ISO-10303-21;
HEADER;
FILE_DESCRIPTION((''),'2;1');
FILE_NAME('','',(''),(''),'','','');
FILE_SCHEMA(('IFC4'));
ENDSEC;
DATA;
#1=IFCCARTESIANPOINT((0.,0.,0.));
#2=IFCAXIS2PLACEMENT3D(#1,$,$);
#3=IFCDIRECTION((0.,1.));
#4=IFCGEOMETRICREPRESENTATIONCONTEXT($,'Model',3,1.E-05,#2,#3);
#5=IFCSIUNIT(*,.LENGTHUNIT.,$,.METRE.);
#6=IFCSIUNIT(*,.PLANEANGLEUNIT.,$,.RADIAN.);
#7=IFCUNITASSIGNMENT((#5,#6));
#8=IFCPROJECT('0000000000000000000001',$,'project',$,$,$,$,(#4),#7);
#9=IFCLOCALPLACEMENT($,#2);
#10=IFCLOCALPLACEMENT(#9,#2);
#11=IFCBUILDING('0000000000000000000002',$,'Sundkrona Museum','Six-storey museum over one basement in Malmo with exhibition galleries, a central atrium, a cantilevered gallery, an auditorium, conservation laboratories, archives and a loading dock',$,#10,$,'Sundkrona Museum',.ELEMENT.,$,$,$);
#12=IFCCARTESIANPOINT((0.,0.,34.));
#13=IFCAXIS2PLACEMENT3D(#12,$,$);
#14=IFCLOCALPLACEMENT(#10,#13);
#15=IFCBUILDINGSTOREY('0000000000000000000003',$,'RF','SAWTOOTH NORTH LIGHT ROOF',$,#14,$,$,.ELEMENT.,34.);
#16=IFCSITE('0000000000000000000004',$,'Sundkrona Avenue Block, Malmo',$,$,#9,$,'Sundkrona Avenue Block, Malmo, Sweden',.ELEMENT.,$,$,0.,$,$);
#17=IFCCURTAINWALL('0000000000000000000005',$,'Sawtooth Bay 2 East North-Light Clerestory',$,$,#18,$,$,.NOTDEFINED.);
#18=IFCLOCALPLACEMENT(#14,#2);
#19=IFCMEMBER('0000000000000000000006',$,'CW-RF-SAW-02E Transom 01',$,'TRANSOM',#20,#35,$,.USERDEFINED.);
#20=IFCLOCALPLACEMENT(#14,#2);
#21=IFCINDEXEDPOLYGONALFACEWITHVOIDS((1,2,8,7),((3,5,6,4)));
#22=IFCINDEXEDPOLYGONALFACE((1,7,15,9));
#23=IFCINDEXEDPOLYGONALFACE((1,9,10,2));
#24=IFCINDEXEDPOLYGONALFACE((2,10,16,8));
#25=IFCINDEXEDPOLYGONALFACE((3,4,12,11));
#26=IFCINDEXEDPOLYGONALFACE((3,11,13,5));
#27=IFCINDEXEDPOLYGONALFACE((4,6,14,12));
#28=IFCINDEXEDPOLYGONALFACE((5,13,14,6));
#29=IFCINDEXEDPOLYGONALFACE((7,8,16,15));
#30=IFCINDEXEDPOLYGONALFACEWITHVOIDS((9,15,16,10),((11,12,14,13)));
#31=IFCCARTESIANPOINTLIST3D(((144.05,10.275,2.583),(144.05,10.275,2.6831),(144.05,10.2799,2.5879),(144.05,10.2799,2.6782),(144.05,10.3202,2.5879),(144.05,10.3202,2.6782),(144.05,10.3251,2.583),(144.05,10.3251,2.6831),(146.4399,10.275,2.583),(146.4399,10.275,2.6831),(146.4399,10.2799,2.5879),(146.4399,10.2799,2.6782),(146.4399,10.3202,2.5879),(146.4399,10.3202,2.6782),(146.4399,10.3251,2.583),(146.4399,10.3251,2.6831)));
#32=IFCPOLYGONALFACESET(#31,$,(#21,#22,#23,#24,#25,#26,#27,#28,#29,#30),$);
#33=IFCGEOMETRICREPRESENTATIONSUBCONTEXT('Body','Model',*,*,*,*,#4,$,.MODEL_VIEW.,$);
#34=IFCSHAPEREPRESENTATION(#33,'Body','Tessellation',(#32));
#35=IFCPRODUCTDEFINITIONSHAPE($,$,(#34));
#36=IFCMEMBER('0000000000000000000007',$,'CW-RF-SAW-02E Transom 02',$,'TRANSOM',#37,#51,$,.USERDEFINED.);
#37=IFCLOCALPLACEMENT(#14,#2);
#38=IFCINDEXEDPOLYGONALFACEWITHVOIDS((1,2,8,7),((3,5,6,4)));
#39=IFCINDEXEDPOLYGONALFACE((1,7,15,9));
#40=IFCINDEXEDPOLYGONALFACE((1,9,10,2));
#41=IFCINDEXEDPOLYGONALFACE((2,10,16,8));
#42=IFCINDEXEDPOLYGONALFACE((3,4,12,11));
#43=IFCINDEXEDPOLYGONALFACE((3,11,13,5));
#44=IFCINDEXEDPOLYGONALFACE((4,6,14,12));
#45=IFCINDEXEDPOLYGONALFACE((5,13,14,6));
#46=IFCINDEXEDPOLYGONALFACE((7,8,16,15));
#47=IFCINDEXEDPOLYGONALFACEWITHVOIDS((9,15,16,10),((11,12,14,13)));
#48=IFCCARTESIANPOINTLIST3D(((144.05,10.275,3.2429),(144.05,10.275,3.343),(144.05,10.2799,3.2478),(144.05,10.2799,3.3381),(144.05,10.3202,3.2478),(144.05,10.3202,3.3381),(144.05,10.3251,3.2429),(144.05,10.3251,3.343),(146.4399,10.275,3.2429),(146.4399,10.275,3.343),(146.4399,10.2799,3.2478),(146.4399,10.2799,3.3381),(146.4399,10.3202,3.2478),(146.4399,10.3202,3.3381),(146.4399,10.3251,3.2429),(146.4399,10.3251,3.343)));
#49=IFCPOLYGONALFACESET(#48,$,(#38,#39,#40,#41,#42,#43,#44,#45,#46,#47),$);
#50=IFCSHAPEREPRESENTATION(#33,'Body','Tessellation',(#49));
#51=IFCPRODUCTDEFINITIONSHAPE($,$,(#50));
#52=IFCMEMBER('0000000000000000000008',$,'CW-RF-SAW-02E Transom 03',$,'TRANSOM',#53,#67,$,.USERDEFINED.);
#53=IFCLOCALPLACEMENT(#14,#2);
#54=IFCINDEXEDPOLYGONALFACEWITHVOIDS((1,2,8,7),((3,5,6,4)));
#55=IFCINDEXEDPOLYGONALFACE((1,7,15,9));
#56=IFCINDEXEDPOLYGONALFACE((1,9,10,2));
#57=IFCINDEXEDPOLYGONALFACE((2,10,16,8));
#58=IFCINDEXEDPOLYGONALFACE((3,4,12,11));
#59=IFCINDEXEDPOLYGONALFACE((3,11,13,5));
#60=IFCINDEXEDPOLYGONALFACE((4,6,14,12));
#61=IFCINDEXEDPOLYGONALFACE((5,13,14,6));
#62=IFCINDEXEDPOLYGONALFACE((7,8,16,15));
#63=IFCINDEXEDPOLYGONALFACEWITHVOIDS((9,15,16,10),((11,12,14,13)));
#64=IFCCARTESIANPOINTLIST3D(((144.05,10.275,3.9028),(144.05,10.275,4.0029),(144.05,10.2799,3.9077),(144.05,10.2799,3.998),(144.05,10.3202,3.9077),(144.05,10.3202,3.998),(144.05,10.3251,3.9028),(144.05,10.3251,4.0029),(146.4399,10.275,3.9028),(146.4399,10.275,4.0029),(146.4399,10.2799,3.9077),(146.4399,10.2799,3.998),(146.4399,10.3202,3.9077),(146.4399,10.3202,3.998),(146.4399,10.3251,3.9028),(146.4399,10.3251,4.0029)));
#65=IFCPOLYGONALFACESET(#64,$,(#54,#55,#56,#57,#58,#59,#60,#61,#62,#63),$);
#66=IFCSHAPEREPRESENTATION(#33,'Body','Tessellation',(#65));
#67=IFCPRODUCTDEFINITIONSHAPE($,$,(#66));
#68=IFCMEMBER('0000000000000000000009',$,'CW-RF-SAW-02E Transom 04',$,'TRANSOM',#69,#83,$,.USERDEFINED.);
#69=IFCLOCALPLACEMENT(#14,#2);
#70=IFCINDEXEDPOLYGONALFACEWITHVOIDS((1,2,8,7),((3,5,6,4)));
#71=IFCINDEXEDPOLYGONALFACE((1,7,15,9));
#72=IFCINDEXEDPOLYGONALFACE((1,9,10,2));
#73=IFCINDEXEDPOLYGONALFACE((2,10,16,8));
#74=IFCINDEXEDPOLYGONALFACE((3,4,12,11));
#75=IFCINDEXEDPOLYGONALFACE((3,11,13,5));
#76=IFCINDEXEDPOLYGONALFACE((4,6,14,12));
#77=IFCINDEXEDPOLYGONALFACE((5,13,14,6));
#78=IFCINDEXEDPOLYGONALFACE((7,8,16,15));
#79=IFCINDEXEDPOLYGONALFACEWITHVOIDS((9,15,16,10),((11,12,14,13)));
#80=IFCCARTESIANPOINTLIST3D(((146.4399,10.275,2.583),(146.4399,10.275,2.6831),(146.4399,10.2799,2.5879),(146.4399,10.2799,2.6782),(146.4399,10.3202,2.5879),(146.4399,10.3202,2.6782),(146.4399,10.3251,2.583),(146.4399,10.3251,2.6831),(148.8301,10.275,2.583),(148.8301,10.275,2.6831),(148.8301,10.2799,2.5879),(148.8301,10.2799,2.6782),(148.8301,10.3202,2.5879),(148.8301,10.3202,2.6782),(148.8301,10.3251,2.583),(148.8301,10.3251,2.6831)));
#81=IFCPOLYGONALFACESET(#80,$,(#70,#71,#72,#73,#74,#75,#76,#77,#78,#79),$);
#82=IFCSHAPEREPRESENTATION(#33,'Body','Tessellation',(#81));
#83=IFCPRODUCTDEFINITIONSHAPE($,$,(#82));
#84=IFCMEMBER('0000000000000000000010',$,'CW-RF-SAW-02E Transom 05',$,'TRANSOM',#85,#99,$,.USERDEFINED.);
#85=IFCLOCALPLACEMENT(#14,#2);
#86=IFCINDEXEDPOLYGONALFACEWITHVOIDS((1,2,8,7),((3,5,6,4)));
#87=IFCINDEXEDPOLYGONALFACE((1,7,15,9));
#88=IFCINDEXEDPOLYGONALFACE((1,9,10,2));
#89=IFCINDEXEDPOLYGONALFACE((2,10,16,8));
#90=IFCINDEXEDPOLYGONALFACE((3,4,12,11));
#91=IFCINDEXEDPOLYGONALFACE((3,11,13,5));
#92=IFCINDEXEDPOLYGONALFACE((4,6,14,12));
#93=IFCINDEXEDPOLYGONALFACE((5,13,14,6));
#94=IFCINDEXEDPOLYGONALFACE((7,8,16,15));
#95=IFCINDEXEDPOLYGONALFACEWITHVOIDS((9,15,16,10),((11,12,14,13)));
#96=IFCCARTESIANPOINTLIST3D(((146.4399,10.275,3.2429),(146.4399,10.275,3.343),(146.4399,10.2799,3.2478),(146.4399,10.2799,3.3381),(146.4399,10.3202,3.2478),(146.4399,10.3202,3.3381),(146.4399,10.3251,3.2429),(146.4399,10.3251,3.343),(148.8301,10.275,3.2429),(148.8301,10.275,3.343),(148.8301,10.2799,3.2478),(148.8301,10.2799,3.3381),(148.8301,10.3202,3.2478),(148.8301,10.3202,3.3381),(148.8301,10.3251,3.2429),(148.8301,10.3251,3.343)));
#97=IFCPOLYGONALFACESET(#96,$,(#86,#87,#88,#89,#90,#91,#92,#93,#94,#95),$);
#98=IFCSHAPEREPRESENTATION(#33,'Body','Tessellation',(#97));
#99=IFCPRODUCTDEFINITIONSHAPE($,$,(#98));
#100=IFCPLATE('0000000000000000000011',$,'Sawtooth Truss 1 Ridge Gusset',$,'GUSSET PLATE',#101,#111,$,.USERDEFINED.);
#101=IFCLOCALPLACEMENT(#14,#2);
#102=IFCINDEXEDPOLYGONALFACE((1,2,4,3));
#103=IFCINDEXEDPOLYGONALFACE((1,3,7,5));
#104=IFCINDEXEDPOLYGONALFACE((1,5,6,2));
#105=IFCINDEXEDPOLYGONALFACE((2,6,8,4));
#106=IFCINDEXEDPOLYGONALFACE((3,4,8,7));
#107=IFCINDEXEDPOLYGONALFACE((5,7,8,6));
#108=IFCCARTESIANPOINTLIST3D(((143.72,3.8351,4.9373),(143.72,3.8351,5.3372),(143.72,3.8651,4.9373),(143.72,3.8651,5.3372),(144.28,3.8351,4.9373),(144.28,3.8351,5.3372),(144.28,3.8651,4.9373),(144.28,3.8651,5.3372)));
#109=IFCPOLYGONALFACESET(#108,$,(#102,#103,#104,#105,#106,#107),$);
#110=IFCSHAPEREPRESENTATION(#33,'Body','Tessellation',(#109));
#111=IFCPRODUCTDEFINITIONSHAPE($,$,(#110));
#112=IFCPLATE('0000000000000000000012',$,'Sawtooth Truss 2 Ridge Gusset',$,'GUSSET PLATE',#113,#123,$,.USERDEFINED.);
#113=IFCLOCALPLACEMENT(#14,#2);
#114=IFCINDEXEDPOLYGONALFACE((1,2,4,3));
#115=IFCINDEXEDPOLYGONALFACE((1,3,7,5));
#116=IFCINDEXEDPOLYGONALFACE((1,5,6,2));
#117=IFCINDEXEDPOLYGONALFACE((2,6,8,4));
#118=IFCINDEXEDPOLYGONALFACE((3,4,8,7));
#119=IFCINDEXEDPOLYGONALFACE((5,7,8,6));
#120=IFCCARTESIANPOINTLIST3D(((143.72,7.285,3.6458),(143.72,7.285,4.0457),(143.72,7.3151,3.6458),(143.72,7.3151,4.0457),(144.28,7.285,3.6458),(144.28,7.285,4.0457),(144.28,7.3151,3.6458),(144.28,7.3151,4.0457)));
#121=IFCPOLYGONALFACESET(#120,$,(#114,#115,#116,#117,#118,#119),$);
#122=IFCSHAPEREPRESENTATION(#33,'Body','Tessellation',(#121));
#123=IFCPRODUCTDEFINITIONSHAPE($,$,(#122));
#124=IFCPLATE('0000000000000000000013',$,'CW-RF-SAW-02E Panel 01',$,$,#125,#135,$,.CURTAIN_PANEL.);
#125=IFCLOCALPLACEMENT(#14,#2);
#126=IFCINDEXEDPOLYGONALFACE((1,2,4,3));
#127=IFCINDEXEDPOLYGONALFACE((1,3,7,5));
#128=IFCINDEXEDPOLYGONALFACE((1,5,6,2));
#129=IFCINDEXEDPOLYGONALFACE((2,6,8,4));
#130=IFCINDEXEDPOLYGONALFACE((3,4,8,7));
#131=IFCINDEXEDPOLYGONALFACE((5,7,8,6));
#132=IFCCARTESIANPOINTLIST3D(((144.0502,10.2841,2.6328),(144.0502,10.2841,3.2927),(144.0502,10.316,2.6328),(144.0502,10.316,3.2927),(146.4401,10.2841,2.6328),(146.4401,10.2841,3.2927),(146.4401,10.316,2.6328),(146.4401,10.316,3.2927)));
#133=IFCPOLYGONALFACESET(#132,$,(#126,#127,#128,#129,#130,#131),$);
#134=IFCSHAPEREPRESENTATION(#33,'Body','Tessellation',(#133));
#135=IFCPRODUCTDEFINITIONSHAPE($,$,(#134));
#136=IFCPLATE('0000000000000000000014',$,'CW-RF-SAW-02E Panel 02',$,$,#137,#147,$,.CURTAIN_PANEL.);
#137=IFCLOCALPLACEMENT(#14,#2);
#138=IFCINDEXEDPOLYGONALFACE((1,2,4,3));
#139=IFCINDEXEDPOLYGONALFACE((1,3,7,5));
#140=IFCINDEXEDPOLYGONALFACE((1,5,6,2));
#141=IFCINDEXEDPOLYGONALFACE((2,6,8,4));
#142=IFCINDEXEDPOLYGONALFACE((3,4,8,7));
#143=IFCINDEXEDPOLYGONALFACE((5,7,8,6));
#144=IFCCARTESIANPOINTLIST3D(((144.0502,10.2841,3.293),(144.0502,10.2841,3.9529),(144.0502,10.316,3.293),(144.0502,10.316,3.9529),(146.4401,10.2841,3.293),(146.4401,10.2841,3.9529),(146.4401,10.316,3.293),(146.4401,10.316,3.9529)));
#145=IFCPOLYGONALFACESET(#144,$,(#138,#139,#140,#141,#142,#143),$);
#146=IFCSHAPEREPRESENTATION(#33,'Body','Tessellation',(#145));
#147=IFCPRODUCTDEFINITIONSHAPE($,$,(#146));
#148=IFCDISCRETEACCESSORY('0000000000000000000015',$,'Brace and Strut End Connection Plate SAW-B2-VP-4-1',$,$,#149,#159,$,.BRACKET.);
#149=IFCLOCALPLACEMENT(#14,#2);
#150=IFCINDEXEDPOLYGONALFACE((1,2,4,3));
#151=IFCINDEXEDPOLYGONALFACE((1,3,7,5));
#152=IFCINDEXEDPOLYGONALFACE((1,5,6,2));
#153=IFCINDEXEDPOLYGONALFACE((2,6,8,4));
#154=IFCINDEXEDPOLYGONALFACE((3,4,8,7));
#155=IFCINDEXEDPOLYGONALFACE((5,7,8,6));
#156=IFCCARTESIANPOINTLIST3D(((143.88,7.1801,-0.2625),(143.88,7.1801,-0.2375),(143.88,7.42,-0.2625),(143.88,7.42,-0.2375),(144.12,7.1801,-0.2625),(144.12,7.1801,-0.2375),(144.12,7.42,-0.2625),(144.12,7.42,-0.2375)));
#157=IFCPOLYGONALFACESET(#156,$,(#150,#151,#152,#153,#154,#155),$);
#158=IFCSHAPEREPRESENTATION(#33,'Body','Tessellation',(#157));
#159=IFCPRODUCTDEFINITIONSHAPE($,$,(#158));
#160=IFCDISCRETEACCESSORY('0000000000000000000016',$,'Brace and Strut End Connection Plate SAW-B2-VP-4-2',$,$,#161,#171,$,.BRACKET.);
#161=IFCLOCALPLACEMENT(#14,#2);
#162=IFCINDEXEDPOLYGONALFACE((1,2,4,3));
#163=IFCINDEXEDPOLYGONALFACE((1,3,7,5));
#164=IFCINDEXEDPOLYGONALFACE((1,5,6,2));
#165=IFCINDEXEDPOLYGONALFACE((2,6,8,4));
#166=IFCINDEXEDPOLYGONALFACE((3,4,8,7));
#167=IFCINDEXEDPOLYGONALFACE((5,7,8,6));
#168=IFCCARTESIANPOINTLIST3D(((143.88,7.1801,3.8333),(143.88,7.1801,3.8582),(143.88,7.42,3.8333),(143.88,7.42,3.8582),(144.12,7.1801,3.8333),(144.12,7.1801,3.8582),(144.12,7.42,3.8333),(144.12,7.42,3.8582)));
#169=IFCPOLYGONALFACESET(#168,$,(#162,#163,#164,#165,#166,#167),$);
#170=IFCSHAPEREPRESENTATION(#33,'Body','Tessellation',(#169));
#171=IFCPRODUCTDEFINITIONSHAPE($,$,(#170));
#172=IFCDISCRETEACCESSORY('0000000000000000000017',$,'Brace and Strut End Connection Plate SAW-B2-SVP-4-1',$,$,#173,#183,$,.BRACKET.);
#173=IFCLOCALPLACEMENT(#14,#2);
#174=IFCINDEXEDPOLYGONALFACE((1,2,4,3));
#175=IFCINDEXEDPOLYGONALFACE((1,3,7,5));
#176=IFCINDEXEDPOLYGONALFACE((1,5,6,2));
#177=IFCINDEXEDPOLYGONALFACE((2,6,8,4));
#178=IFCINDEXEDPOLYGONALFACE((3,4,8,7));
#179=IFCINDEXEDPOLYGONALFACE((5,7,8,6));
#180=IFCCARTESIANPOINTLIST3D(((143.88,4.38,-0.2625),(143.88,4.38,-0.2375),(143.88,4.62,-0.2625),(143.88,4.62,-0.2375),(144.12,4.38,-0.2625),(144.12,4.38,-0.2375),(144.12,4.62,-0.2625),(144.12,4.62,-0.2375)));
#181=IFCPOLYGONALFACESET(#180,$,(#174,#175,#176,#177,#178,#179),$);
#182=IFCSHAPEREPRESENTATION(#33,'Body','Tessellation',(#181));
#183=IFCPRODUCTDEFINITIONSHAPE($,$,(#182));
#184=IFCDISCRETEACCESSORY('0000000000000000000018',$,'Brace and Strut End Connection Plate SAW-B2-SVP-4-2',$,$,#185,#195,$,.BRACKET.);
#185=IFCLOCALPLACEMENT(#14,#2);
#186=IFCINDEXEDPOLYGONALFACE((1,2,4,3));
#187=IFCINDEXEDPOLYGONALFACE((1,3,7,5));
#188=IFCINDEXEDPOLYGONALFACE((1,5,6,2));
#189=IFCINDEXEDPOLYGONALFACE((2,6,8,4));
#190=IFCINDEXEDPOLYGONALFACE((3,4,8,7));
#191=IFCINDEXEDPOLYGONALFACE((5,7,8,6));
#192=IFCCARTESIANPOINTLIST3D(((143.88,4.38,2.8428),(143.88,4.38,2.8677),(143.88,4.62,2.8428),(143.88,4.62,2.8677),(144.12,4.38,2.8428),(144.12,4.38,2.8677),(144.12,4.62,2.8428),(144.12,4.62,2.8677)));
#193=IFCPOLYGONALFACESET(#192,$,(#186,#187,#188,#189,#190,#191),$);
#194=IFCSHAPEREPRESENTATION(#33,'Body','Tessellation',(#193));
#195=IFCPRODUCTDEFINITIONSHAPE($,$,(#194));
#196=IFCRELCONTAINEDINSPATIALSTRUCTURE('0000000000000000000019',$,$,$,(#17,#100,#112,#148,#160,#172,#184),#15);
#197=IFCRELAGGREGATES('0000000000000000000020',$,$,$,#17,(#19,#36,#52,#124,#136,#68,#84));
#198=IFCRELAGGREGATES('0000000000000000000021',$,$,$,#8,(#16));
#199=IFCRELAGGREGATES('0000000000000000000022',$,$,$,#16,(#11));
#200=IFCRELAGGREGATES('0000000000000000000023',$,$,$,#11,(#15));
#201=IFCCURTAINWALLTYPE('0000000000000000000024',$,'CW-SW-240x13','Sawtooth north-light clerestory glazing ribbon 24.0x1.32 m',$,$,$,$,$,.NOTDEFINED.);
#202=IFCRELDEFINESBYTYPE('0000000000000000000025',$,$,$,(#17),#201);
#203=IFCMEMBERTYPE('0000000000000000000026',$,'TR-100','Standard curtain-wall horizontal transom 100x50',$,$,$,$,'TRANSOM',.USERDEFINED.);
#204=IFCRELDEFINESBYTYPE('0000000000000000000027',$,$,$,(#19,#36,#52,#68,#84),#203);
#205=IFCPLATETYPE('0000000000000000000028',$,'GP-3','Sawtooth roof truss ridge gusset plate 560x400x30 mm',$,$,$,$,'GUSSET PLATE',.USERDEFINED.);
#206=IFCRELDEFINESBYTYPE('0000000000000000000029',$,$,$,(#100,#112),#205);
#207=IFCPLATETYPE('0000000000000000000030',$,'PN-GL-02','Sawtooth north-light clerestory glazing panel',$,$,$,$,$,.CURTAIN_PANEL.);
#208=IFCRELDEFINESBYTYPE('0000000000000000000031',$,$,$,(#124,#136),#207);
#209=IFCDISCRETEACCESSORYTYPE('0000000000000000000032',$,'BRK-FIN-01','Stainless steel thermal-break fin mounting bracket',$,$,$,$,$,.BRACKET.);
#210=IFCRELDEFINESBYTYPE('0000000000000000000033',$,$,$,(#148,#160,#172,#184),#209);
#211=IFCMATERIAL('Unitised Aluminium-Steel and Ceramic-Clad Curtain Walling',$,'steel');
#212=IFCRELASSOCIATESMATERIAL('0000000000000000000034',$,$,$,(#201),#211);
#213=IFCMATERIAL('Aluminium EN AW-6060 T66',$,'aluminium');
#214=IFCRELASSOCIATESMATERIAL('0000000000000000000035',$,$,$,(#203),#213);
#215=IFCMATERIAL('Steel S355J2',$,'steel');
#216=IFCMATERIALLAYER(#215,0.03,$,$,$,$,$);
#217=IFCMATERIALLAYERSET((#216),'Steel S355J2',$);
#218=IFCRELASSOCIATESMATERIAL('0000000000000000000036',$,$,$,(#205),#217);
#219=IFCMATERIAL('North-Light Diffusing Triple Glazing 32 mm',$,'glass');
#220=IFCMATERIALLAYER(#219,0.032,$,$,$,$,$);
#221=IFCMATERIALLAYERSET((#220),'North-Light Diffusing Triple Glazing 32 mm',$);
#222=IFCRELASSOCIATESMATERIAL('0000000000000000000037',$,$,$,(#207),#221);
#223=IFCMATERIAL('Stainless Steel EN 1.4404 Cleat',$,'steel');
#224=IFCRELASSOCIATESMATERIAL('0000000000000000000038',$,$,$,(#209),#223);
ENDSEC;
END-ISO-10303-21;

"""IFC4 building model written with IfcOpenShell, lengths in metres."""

from ifc_helpers import new_model, si_unit, direction, frame, origin, origin_2d, place, context, subcontext, project, spatial, rectangle, hollow_rectangle, extrude, material, layer, layer_set, material_profile, profile_set, type_object, element, aggregate, save


model = new_model("IFC4")

# Units and contexts
model_context = context("Model", 3, precision=1e-05, world=origin(), true_north=direction((0.0, 1.0)))
body_context = subcontext(model_context, "Body", "Model", "MODEL_VIEW")
ifc_project = project(units=[si_unit("LENGTHUNIT", "METRE"), si_unit("PLANEANGLEUNIT", "RADIAN")], contexts=[model_context])

# Site, building, storey
site_placement = place(None, origin())
site = spatial("IfcSite", under=ifc_project, at=site_placement, Name="Sundkrona Avenue Block, Malmo", LongName="Sundkrona Avenue Block, Malmo, Sweden", CompositionType="ELEMENT", RefElevation=0.0)
building_placement = place(site_placement, origin())
building = spatial("IfcBuilding", under=site, at=building_placement, Name="Sundkrona Museum", Description="Six-storey museum over one basement in Malmo with exhibition galleries, a central atrium, a cantilevered gallery, an auditorium, conservation laboratories, archives and a loading dock", LongName="Sundkrona Museum", CompositionType="ELEMENT")
storey_placement = place(building_placement, frame((0.0, 0.0, 34.0)))
storey = spatial("IfcBuildingStorey", under=building, at=storey_placement, Name="RF", Description="SAWTOOTH NORTH LIGHT ROOF", CompositionType="ELEMENT", Elevation=34.0)

# Curtain wall
ifc_material_1 = material(Name="Unitised Aluminium-Steel and Ceramic-Clad Curtain Walling", Category="steel")
curtain_wall_type = type_object("IfcCurtainWallType", Name="CW-SW-240x13", Description="Sawtooth north-light clerestory glazing ribbon 24.0x1.32 m", PredefinedType="NOTDEFINED", material=ifc_material_1)
curtain_wall_placement = place(storey_placement, origin())
curtain_wall = element("IfcCurtainWall", 1, at=curtain_wall_placement, inside=storey, type_object=curtain_wall_type, Name="Sawtooth Bay 2 East North-Light Clerestory", PredefinedType="NOTDEFINED")
ifc_material_2 = material(Name="Aluminium EN AW-6060 T66", Category="aluminium")

# Shared definitions
ifc_material_3 = material(Name="Steel S355J2", Category="steel")

# Members
ifc_material_profile_1 = material_profile(ifc_material_2, hollow_rectangle(XDim=0.05, YDim=0.1001, WallThickness=0.0049, at=origin_2d()), Name="RHS 100x50x5.0")
ifc_profile_set_1 = profile_set([ifc_material_profile_1], Name="Aluminium EN AW-6060 T66")
member_type_1 = type_object("IfcMemberType", Name="TR-100", Description="Standard curtain-wall horizontal transom 100x50", ElementType="TRANSOM", PredefinedType="USERDEFINED", material=ifc_profile_set_1)
member_1_placement = place(storey_placement, frame((144.05, 10.3, 2.6331), z_axis=(1.0, 0.0, 0.0), x_axis=(0.0, 1.0, 0.0)))
member_1 = element("IfcMember", 2, at=member_1_placement, type_object=member_type_1, Name="CW-RF-SAW-02E Transom 01", ObjectType="TRANSOM", PredefinedType="USERDEFINED", context=body_context, shape_type="SweptSolid", body=[
    extrude(hollow_rectangle(XDim=0.05, YDim=0.1001, WallThickness=0.0049, at=origin_2d()), origin(), (0.0, 0.0, 1.0), 2.3899),
])
member_2_placement = place(storey_placement, frame((144.05, 10.3, 3.293), z_axis=(1.0, 0.0, 0.0), x_axis=(0.0, 1.0, 0.0)))
member_2 = element("IfcMember", 3, at=member_2_placement, type_object=member_type_1, Name="CW-RF-SAW-02E Transom 02", ObjectType="TRANSOM", PredefinedType="USERDEFINED", context=body_context, shape_type="SweptSolid", body=[
    extrude(hollow_rectangle(XDim=0.05, YDim=0.1001, WallThickness=0.0049, at=origin_2d()), origin(), (0.0, 0.0, 1.0), 2.3899),
])
member_3_placement = place(storey_placement, frame((144.05, 10.3, 3.9529), z_axis=(1.0, 0.0, 0.0), x_axis=(0.0, 1.0, 0.0)))
member_3 = element("IfcMember", 4, at=member_3_placement, type_object=member_type_1, Name="CW-RF-SAW-02E Transom 03", ObjectType="TRANSOM", PredefinedType="USERDEFINED", context=body_context, shape_type="SweptSolid", body=[
    extrude(hollow_rectangle(XDim=0.05, YDim=0.1001, WallThickness=0.0049, at=origin_2d()), origin(), (0.0, 0.0, 1.0), 2.3899),
])
member_4_placement = place(storey_placement, frame((146.4399, 10.3, 2.6331), z_axis=(1.0, 0.0, 0.0), x_axis=(0.0, 1.0, 0.0)))
member_4 = element("IfcMember", 5, at=member_4_placement, type_object=member_type_1, Name="CW-RF-SAW-02E Transom 04", ObjectType="TRANSOM", PredefinedType="USERDEFINED", context=body_context, shape_type="SweptSolid", body=[
    extrude(hollow_rectangle(XDim=0.05, YDim=0.1001, WallThickness=0.0049, at=origin_2d()), origin(), (0.0, 0.0, 1.0), 2.3901),
])
member_5_placement = place(storey_placement, frame((146.4399, 10.3, 3.293), z_axis=(1.0, 0.0, 0.0), x_axis=(0.0, 1.0, 0.0)))
member_5 = element("IfcMember", 6, at=member_5_placement, type_object=member_type_1, Name="CW-RF-SAW-02E Transom 05", ObjectType="TRANSOM", PredefinedType="USERDEFINED", context=body_context, shape_type="SweptSolid", body=[
    extrude(hollow_rectangle(XDim=0.05, YDim=0.1001, WallThickness=0.0049, at=origin_2d()), origin(), (0.0, 0.0, 1.0), 2.3901),
])

# Plates
ifc_layer_1 = layer(ifc_material_3, 0.03)
ifc_layer_set_1 = layer_set([ifc_layer_1], Name="Steel S355J2")
plate_type_1 = type_object("IfcPlateType", Name="GP-3", Description="Sawtooth roof truss ridge gusset plate 560x400x30 mm", ElementType="GUSSET PLATE", PredefinedType="USERDEFINED", material=ifc_layer_set_1)
for number, where, z_axis, x_axis, name in (
    (7, (144.0, 3.8501, 4.9373), (0.0, 0.0, 1.0), (1.0, 0.0, 0.0), "Sawtooth Truss 1 Ridge Gusset"),
    (8, (144.0, 7.3, 3.6458), (0.0, 0.0, 1.0), (1.0, 0.0, 0.0), "Sawtooth Truss 2 Ridge Gusset"),
):
    element("IfcPlate", number, at=place(storey_placement, frame(where, z_axis=z_axis, x_axis=x_axis)), inside=storey, type_object=plate_type_1, Name=name, ObjectType="GUSSET PLATE", PredefinedType="USERDEFINED", context=body_context, shape_type="SweptSolid", body=[
        extrude(rectangle(XDim=0.5601, YDim=0.03, at=origin_2d()), origin(), (0.0, 0.0, 1.0), 0.3999),
    ])

# Plates
ifc_material_4 = material(Name="North-Light Diffusing Triple Glazing 32 mm", Category="glass")
ifc_layer_2 = layer(ifc_material_4, 0.032)
ifc_layer_set_2 = layer_set([ifc_layer_2], Name="North-Light Diffusing Triple Glazing 32 mm")
plate_type_2 = type_object("IfcPlateType", Name="PN-GL-02", Description="Sawtooth north-light clerestory glazing panel", PredefinedType="CURTAIN_PANEL", material=ifc_layer_set_2)
plate_1_placement = place(storey_placement, frame((145.2451, 10.3, 2.6328), z_axis=(0.0, 0.0, 1.0), x_axis=(1.0, 0.0, 0.0)))
plate_1 = element("IfcPlate", 9, at=plate_1_placement, type_object=plate_type_2, Name="CW-RF-SAW-02E Panel 01", PredefinedType="CURTAIN_PANEL", context=body_context, shape_type="SweptSolid", body=[
    extrude(rectangle(XDim=2.3899, YDim=0.032, at=origin_2d()), origin(), (0.0, 0.0, 1.0), 0.6599),
])
plate_2_placement = place(storey_placement, frame((145.2451, 10.3, 3.293), z_axis=(0.0, 0.0, 1.0), x_axis=(1.0, 0.0, 0.0)))
plate_2 = element("IfcPlate", 10, at=plate_2_placement, type_object=plate_type_2, Name="CW-RF-SAW-02E Panel 02", PredefinedType="CURTAIN_PANEL", context=body_context, shape_type="SweptSolid", body=[
    extrude(rectangle(XDim=2.3899, YDim=0.032, at=origin_2d()), origin(), (0.0, 0.0, 1.0), 0.6599),
])
aggregate(curtain_wall, [member_1, member_2, member_3, plate_1, plate_2, member_4, member_5])

# Discrete accessories
ifc_material_5 = material(Name="Stainless Steel EN 1.4404 Cleat", Category="steel")
discrete_accessory_type = type_object("IfcDiscreteAccessoryType", Name="BRK-FIN-01", Description="Stainless steel thermal-break fin mounting bracket", PredefinedType="BRACKET", material=ifc_material_5)
for number, where, z_axis, x_axis, name in (
    (11, (144.0, 7.3, -0.2625), (0.0, 0.0, 1.0), (1.0, 0.0, 0.0), "Brace and Strut End Connection Plate SAW-B2-VP-4-1"),
    (12, (144.0, 7.3, 3.8333), (0.0, 0.0, 1.0), (1.0, 0.0, 0.0), "Brace and Strut End Connection Plate SAW-B2-VP-4-2"),
    (13, (144.0, 4.5, -0.2625), (0.0, 0.0, 1.0), (1.0, 0.0, 0.0), "Brace and Strut End Connection Plate SAW-B2-SVP-4-1"),
    (14, (144.0, 4.5, 2.8428), (0.0, 0.0, 1.0), (1.0, 0.0, 0.0), "Brace and Strut End Connection Plate SAW-B2-SVP-4-2"),
):
    element("IfcDiscreteAccessory", number, at=place(storey_placement, frame(where, z_axis=z_axis, x_axis=x_axis)), inside=storey, type_object=discrete_accessory_type, Name=name, PredefinedType="BRACKET", context=body_context, shape_type="SweptSolid", body=[
        extrude(rectangle(XDim=0.24, YDim=0.24, at=origin_2d()), origin(), (0.0, 0.0, 1.0), 0.0249),
    ])

save(model, "model.ifc")
